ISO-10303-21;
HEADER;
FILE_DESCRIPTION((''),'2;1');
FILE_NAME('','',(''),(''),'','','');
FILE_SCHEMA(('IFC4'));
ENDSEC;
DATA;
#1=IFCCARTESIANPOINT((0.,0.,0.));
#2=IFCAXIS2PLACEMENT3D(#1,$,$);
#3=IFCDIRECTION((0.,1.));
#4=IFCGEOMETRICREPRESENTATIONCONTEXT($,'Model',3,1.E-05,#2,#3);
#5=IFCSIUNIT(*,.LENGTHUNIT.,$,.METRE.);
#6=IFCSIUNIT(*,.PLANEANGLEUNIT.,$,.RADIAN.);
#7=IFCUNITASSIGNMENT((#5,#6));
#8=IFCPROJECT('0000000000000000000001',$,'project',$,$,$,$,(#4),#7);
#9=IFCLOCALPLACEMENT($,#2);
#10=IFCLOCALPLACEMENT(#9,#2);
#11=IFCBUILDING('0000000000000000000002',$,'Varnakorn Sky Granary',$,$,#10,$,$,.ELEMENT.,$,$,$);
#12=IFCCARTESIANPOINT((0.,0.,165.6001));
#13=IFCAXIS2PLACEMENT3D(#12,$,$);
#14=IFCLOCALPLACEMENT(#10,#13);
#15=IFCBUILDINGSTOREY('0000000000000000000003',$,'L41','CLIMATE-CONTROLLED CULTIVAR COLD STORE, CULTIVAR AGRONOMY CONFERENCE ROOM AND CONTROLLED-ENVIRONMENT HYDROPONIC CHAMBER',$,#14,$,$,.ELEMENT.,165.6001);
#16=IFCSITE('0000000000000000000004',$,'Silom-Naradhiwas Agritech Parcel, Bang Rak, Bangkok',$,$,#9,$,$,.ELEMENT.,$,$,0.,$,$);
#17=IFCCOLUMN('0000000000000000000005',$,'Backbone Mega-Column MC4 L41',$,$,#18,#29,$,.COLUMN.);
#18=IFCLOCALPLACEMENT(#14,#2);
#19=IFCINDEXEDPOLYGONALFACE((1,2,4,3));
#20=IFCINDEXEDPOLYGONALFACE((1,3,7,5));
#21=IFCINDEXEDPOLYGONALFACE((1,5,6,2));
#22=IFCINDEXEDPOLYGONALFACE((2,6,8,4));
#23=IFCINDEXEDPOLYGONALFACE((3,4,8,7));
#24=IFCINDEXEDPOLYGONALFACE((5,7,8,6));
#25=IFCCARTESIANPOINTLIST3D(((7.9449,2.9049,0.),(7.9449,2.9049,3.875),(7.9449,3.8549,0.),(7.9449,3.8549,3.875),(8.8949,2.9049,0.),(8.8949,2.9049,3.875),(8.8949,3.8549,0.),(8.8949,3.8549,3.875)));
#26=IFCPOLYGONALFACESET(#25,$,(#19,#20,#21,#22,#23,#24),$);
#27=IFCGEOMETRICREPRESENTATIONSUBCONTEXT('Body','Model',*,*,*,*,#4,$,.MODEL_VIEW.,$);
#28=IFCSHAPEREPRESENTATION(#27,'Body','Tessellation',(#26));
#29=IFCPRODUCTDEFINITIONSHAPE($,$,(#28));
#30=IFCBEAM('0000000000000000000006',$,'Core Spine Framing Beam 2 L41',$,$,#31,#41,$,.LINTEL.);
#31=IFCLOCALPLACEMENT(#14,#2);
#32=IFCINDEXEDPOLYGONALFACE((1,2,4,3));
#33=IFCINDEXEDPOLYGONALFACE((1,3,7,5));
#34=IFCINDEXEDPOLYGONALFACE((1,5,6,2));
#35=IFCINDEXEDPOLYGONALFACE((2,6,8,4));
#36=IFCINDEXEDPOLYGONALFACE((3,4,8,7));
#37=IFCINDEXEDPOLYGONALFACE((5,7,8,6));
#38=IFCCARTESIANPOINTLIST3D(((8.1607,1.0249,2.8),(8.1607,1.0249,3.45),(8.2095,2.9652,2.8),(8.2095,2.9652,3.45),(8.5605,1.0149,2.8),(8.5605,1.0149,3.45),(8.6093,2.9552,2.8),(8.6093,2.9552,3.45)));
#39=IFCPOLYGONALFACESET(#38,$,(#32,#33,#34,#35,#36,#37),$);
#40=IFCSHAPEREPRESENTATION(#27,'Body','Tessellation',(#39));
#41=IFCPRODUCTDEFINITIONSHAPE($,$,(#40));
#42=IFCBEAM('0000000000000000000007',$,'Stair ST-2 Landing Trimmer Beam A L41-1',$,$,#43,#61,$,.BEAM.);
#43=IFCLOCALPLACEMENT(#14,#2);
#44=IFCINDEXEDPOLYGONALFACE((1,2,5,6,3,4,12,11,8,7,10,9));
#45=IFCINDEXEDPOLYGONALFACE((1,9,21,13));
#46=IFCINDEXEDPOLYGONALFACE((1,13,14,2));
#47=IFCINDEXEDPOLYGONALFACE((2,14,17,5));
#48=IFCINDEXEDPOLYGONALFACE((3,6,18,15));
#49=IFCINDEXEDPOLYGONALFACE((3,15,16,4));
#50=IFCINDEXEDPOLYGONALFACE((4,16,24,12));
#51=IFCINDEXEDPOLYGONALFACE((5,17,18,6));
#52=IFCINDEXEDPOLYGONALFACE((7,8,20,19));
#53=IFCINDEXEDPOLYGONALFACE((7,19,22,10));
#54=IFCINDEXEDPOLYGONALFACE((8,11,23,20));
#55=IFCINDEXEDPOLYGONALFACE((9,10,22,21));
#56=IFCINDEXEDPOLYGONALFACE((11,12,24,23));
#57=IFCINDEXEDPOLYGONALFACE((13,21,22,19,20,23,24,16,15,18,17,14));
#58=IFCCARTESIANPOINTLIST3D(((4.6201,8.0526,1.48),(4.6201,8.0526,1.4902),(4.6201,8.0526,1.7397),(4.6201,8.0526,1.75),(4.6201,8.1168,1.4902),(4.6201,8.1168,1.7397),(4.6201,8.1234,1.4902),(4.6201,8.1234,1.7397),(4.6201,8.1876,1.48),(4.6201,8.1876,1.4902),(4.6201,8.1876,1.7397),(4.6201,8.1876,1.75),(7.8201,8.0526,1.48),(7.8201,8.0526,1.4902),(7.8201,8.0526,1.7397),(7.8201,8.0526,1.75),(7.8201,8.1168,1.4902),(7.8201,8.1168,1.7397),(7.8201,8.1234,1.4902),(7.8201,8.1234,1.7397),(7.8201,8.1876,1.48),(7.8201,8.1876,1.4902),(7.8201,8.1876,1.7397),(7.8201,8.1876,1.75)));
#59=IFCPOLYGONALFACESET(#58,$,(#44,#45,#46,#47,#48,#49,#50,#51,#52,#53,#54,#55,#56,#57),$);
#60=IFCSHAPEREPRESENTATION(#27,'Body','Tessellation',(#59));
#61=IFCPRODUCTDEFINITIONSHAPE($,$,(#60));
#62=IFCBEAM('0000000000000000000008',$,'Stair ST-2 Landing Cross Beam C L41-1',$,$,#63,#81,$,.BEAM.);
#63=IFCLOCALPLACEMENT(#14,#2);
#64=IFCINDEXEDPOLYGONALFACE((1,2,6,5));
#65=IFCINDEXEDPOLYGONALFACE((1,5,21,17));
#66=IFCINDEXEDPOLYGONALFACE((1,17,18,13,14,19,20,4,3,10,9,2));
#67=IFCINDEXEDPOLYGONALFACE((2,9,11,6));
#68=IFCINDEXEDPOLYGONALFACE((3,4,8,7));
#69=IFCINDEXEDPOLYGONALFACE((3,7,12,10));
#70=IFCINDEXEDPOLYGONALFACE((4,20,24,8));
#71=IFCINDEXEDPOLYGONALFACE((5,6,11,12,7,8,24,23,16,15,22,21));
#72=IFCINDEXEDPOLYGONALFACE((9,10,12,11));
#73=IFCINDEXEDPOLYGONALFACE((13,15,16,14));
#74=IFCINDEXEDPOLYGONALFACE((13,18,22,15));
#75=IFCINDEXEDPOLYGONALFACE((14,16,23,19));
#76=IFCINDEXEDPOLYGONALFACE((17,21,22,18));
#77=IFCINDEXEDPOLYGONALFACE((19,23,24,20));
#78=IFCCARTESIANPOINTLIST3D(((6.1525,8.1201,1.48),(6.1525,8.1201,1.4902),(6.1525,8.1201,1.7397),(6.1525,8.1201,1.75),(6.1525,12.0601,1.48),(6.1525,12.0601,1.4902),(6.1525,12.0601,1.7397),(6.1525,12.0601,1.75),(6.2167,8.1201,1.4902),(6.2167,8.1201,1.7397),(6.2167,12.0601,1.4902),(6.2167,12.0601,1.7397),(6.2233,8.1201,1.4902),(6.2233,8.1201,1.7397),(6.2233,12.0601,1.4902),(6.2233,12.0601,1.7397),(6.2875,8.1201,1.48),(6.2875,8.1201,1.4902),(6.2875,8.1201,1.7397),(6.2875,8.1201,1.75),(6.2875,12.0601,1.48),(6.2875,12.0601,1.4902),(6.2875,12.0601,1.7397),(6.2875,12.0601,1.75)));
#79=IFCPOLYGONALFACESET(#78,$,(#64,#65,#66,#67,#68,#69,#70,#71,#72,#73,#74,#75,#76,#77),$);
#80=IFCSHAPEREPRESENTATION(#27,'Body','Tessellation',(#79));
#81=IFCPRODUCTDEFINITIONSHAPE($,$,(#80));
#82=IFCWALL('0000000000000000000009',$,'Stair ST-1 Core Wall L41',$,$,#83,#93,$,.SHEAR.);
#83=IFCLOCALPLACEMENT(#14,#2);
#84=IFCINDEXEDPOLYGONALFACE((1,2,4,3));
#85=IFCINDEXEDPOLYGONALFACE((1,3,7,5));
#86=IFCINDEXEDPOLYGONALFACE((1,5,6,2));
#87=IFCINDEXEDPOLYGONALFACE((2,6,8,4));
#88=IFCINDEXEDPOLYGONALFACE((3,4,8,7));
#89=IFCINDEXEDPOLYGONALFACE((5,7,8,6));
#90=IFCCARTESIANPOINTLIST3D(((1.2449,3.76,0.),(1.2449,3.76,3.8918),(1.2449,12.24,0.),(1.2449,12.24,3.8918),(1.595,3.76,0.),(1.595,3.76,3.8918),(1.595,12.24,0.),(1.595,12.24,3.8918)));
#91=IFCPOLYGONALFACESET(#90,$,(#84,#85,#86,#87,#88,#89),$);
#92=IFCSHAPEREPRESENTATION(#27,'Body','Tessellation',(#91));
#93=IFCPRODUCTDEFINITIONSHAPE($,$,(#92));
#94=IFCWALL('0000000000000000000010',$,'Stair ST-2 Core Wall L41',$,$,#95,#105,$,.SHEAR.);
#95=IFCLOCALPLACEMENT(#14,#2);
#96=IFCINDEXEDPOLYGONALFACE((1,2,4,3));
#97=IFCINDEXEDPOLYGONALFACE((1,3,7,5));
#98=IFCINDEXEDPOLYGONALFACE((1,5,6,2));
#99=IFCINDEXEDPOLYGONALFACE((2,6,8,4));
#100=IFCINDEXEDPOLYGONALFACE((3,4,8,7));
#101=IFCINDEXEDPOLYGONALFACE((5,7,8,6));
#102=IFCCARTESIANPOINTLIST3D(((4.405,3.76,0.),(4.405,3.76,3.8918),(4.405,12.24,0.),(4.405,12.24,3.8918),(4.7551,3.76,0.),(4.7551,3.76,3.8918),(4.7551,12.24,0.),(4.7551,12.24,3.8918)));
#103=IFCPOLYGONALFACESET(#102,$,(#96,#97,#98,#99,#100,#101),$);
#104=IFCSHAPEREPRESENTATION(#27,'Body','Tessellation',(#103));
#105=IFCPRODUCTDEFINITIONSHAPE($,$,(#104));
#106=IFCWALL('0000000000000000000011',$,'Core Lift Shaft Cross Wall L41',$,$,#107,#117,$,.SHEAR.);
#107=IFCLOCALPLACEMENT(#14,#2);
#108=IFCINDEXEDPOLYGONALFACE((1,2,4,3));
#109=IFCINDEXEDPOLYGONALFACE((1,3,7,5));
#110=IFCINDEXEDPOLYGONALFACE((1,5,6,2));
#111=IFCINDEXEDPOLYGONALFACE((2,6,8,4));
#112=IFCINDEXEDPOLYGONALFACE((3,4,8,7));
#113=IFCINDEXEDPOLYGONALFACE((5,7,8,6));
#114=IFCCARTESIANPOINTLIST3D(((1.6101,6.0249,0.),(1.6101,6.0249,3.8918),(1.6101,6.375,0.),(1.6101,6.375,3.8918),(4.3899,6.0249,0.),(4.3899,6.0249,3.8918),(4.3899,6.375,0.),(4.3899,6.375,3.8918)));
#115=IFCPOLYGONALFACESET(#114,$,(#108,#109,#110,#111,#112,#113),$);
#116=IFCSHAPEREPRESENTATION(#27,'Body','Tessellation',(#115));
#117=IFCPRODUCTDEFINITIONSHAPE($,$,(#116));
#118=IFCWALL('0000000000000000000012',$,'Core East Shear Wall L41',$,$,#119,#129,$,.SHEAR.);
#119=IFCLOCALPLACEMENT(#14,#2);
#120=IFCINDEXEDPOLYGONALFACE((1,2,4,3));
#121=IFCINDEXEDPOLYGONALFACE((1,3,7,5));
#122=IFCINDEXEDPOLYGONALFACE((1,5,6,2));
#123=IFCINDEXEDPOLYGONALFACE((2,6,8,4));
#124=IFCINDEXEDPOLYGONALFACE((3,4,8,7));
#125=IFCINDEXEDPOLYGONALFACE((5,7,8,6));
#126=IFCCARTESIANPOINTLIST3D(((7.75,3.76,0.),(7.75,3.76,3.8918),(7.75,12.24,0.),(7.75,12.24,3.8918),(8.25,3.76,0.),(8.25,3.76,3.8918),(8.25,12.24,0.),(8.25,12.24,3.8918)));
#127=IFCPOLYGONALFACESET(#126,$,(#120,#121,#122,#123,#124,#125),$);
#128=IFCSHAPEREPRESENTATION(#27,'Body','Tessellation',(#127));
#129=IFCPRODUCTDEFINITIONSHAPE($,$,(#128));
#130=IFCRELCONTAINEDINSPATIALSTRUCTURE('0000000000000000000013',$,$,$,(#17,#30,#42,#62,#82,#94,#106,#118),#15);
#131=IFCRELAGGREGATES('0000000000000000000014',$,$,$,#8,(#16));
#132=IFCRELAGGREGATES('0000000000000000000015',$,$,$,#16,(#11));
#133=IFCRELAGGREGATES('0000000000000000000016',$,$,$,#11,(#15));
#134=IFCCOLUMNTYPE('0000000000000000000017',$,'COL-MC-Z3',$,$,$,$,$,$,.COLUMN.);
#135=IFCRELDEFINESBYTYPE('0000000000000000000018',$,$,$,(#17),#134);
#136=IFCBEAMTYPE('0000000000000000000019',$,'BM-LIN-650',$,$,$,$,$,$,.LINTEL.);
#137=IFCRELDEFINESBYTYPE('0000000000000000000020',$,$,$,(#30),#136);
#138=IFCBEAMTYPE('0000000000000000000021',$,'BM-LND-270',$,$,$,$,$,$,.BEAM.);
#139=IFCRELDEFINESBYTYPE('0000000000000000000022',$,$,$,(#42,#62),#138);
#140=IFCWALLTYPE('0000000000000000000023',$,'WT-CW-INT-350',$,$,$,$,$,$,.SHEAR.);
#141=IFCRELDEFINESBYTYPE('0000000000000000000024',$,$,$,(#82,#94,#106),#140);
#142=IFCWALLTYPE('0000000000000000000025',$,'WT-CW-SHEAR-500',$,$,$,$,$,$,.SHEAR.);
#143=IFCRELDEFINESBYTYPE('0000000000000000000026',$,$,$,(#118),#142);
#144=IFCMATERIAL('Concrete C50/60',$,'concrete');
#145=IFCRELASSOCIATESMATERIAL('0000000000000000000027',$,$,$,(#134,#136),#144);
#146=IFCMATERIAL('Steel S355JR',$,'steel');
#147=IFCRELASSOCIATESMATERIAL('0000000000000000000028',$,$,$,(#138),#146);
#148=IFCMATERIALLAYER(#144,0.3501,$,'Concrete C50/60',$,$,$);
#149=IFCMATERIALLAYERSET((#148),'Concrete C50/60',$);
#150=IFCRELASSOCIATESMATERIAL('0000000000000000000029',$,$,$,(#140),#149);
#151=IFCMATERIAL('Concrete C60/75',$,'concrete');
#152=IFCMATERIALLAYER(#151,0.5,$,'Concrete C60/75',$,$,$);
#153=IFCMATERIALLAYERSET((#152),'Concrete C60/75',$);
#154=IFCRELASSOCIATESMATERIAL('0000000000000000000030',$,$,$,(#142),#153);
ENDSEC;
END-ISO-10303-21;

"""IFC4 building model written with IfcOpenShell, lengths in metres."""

from ifc_helpers import new_model, si_unit, direction, frame, frame_2d, origin, origin_2d, place, context, subcontext, project, spatial, rectangle, i_section, extrude, material, layer, layer_set, material_profile, profile_set, type_object, element, save


model = new_model("IFC4")

# Units and contexts
model_context = context("Model", 3, precision=1e-05, world=origin(), true_north=direction((0.0, 1.0)))
body_context = subcontext(model_context, "Body", "Model", "MODEL_VIEW")
ifc_project = project(units=[si_unit("LENGTHUNIT", "METRE"), si_unit("PLANEANGLEUNIT", "RADIAN")], contexts=[model_context])

# Site, building, storey
site_placement = place(None, origin())
site = spatial("IfcSite", under=ifc_project, at=site_placement, Name="Silom-Naradhiwas Agritech Parcel, Bang Rak, Bangkok", CompositionType="ELEMENT", RefElevation=0.0)
building_placement = place(site_placement, origin())
building = spatial("IfcBuilding", under=site, at=building_placement, Name="Varnakorn Sky Granary", CompositionType="ELEMENT")
storey_placement = place(building_placement, frame((0.0, 0.0, 165.6001)))
storey = spatial("IfcBuildingStorey", under=building, at=storey_placement, Name="L41", Description="CLIMATE-CONTROLLED CULTIVAR COLD STORE, CULTIVAR AGRONOMY CONFERENCE ROOM AND CONTROLLED-ENVIRONMENT HYDROPONIC CHAMBER", CompositionType="ELEMENT", Elevation=165.6001)

# Column
ifc_material_1 = material(Name="Concrete C50/60", Category="concrete")
ifc_material_profile_1 = material_profile(ifc_material_1, rectangle(XDim=0.95, YDim=0.95, at=origin_2d()), Name="RC 950x950")
ifc_profile_set_1 = profile_set([ifc_material_profile_1], Name="Concrete C50/60")
column_type = type_object("IfcColumnType", Name="COL-MC-Z3", PredefinedType="COLUMN", material=ifc_profile_set_1)
column_placement = place(storey_placement, frame((8.4199, 3.3799, 0.0), z_axis=(0.0, 0.0, 1.0), x_axis=(1.0, 0.0, 0.0)))
element("IfcColumn", 1, at=column_placement, inside=storey, type_object=column_type, Name="Backbone Mega-Column MC4 L41", PredefinedType="COLUMN", context=body_context, shape_type="SweptSolid", body=[
    extrude(rectangle(XDim=0.95, YDim=0.95, at=origin_2d()), origin(), (0.0, 0.0, 1.0), 3.875),
])

# Beams
ifc_material_profile_2 = material_profile(ifc_material_1, rectangle(XDim=0.3999, YDim=0.6499, at=origin_2d()), Name="RC 400x650")
ifc_profile_set_2 = profile_set([ifc_material_profile_2], Name="Concrete C50/60")
beam_type_1 = type_object("IfcBeamType", Name="BM-LIN-650", PredefinedType="LINTEL", material=ifc_profile_set_2)
beam_1_placement = place(storey_placement, frame((8.4094, 2.9602, 3.125), z_axis=(-0.025159, -0.999683, 0.0), x_axis=(0.999683, -0.025159, 0.0)))
element("IfcBeam", 2, at=beam_1_placement, inside=storey, type_object=beam_type_1, Name="Core Spine Framing Beam 2 L41", PredefinedType="LINTEL", context=body_context, shape_type="SweptSolid", body=[
    extrude(rectangle(XDim=0.3999, YDim=0.6499, at=origin_2d()), origin(), (0.0, 0.0, 1.0), 1.9409),
])
ifc_material_2 = material(Name="Steel S355JR", Category="steel")
ifc_material_profile_3 = material_profile(ifc_material_2, i_section(OverallWidth=0.135, OverallDepth=0.27, WebThickness=0.0066, FlangeThickness=0.0103, at=origin_2d()), Name="IPE 270")
ifc_profile_set_3 = profile_set([ifc_material_profile_3], Name="Steel S355JR")
beam_type_2 = type_object("IfcBeamType", Name="BM-LND-270", PredefinedType="BEAM", material=ifc_profile_set_3)
beam_2_placement = place(storey_placement, frame((4.6201, 8.1201, 1.615), z_axis=(1.0, 0.0, 0.0), x_axis=(0.0, 1.0, 0.0)))
element("IfcBeam", 3, at=beam_2_placement, inside=storey, type_object=beam_type_2, Name="Stair ST-2 Landing Trimmer Beam A L41-1", PredefinedType="BEAM", context=body_context, shape_type="SweptSolid", body=[
    extrude(i_section(OverallWidth=0.135, OverallDepth=0.27, WebThickness=0.0066, FlangeThickness=0.0103, at=origin_2d()), origin(), (0.0, 0.0, 1.0), 3.2),
])
beam_3_placement = place(storey_placement, frame((6.22, 8.1201, 1.615), z_axis=(0.0, 1.0, 0.0), x_axis=(-1.0, 0.0, 0.0)))
element("IfcBeam", 4, at=beam_3_placement, inside=storey, type_object=beam_type_2, Name="Stair ST-2 Landing Cross Beam C L41-1", PredefinedType="BEAM", context=body_context, shape_type="SweptSolid", body=[
    extrude(i_section(OverallWidth=0.135, OverallDepth=0.27, WebThickness=0.0066, FlangeThickness=0.0103, at=origin_2d()), origin(), (0.0, 0.0, 1.0), 3.9399),
])

# Walls
ifc_layer_1 = layer(ifc_material_1, 0.3501, Name="Concrete C50/60")
ifc_layer_set_1 = layer_set([ifc_layer_1], Name="Concrete C50/60")
wall_type_1 = type_object("IfcWallType", Name="WT-CW-INT-350", PredefinedType="SHEAR", material=ifc_layer_set_1)
for number, where, z_axis, x_axis, name in (
    (5, (1.4199, 3.76, 0.0), (0.0, 0.0, 1.0), (0.0, 1.0, 0.0), "Stair ST-1 Core Wall L41"),
    (6, (4.5801, 3.76, 0.0), (0.0, 0.0, 1.0), (0.0, 1.0, 0.0), "Stair ST-2 Core Wall L41"),
):
    element("IfcWall", number, at=place(storey_placement, frame(where, z_axis=z_axis, x_axis=x_axis)), inside=storey, type_object=wall_type_1, Name=name, PredefinedType="SHEAR", context=body_context, shape_type="SweptSolid", body=[
        extrude(rectangle(XDim=8.48, YDim=0.3501, at=frame_2d((4.24, 0.0))), origin(), (0.0, 0.0, 1.0), 3.8918),
    ])
wall_1_placement = place(storey_placement, frame((1.6101, 6.2, 0.0), z_axis=(0.0, 0.0, 1.0), x_axis=(1.0, 0.0, 0.0)))
element("IfcWall", 7, at=wall_1_placement, inside=storey, type_object=wall_type_1, Name="Core Lift Shaft Cross Wall L41", PredefinedType="SHEAR", context=body_context, shape_type="SweptSolid", body=[
    extrude(rectangle(XDim=2.7798, YDim=0.3501, at=frame_2d((1.3899, 0.0))), origin(), (0.0, 0.0, 1.0), 3.8918),
])
ifc_material_3 = material(Name="Concrete C60/75", Category="concrete")
ifc_layer_2 = layer(ifc_material_3, 0.5, Name="Concrete C60/75")
ifc_layer_set_2 = layer_set([ifc_layer_2], Name="Concrete C60/75")
wall_type_2 = type_object("IfcWallType", Name="WT-CW-SHEAR-500", PredefinedType="SHEAR", material=ifc_layer_set_2)
wall_2_placement = place(storey_placement, frame((8.0, 3.76, 0.0), z_axis=(0.0, 0.0, 1.0), x_axis=(0.0, 1.0, 0.0)))
element("IfcWall", 8, at=wall_2_placement, inside=storey, type_object=wall_type_2, Name="Core East Shear Wall L41", PredefinedType="SHEAR", context=body_context, shape_type="SweptSolid", body=[
    extrude(rectangle(XDim=8.48, YDim=0.5, at=frame_2d((4.24, 0.0))), origin(), (0.0, 0.0, 1.0), 3.8918),
])

save(model, "model.ifc")
